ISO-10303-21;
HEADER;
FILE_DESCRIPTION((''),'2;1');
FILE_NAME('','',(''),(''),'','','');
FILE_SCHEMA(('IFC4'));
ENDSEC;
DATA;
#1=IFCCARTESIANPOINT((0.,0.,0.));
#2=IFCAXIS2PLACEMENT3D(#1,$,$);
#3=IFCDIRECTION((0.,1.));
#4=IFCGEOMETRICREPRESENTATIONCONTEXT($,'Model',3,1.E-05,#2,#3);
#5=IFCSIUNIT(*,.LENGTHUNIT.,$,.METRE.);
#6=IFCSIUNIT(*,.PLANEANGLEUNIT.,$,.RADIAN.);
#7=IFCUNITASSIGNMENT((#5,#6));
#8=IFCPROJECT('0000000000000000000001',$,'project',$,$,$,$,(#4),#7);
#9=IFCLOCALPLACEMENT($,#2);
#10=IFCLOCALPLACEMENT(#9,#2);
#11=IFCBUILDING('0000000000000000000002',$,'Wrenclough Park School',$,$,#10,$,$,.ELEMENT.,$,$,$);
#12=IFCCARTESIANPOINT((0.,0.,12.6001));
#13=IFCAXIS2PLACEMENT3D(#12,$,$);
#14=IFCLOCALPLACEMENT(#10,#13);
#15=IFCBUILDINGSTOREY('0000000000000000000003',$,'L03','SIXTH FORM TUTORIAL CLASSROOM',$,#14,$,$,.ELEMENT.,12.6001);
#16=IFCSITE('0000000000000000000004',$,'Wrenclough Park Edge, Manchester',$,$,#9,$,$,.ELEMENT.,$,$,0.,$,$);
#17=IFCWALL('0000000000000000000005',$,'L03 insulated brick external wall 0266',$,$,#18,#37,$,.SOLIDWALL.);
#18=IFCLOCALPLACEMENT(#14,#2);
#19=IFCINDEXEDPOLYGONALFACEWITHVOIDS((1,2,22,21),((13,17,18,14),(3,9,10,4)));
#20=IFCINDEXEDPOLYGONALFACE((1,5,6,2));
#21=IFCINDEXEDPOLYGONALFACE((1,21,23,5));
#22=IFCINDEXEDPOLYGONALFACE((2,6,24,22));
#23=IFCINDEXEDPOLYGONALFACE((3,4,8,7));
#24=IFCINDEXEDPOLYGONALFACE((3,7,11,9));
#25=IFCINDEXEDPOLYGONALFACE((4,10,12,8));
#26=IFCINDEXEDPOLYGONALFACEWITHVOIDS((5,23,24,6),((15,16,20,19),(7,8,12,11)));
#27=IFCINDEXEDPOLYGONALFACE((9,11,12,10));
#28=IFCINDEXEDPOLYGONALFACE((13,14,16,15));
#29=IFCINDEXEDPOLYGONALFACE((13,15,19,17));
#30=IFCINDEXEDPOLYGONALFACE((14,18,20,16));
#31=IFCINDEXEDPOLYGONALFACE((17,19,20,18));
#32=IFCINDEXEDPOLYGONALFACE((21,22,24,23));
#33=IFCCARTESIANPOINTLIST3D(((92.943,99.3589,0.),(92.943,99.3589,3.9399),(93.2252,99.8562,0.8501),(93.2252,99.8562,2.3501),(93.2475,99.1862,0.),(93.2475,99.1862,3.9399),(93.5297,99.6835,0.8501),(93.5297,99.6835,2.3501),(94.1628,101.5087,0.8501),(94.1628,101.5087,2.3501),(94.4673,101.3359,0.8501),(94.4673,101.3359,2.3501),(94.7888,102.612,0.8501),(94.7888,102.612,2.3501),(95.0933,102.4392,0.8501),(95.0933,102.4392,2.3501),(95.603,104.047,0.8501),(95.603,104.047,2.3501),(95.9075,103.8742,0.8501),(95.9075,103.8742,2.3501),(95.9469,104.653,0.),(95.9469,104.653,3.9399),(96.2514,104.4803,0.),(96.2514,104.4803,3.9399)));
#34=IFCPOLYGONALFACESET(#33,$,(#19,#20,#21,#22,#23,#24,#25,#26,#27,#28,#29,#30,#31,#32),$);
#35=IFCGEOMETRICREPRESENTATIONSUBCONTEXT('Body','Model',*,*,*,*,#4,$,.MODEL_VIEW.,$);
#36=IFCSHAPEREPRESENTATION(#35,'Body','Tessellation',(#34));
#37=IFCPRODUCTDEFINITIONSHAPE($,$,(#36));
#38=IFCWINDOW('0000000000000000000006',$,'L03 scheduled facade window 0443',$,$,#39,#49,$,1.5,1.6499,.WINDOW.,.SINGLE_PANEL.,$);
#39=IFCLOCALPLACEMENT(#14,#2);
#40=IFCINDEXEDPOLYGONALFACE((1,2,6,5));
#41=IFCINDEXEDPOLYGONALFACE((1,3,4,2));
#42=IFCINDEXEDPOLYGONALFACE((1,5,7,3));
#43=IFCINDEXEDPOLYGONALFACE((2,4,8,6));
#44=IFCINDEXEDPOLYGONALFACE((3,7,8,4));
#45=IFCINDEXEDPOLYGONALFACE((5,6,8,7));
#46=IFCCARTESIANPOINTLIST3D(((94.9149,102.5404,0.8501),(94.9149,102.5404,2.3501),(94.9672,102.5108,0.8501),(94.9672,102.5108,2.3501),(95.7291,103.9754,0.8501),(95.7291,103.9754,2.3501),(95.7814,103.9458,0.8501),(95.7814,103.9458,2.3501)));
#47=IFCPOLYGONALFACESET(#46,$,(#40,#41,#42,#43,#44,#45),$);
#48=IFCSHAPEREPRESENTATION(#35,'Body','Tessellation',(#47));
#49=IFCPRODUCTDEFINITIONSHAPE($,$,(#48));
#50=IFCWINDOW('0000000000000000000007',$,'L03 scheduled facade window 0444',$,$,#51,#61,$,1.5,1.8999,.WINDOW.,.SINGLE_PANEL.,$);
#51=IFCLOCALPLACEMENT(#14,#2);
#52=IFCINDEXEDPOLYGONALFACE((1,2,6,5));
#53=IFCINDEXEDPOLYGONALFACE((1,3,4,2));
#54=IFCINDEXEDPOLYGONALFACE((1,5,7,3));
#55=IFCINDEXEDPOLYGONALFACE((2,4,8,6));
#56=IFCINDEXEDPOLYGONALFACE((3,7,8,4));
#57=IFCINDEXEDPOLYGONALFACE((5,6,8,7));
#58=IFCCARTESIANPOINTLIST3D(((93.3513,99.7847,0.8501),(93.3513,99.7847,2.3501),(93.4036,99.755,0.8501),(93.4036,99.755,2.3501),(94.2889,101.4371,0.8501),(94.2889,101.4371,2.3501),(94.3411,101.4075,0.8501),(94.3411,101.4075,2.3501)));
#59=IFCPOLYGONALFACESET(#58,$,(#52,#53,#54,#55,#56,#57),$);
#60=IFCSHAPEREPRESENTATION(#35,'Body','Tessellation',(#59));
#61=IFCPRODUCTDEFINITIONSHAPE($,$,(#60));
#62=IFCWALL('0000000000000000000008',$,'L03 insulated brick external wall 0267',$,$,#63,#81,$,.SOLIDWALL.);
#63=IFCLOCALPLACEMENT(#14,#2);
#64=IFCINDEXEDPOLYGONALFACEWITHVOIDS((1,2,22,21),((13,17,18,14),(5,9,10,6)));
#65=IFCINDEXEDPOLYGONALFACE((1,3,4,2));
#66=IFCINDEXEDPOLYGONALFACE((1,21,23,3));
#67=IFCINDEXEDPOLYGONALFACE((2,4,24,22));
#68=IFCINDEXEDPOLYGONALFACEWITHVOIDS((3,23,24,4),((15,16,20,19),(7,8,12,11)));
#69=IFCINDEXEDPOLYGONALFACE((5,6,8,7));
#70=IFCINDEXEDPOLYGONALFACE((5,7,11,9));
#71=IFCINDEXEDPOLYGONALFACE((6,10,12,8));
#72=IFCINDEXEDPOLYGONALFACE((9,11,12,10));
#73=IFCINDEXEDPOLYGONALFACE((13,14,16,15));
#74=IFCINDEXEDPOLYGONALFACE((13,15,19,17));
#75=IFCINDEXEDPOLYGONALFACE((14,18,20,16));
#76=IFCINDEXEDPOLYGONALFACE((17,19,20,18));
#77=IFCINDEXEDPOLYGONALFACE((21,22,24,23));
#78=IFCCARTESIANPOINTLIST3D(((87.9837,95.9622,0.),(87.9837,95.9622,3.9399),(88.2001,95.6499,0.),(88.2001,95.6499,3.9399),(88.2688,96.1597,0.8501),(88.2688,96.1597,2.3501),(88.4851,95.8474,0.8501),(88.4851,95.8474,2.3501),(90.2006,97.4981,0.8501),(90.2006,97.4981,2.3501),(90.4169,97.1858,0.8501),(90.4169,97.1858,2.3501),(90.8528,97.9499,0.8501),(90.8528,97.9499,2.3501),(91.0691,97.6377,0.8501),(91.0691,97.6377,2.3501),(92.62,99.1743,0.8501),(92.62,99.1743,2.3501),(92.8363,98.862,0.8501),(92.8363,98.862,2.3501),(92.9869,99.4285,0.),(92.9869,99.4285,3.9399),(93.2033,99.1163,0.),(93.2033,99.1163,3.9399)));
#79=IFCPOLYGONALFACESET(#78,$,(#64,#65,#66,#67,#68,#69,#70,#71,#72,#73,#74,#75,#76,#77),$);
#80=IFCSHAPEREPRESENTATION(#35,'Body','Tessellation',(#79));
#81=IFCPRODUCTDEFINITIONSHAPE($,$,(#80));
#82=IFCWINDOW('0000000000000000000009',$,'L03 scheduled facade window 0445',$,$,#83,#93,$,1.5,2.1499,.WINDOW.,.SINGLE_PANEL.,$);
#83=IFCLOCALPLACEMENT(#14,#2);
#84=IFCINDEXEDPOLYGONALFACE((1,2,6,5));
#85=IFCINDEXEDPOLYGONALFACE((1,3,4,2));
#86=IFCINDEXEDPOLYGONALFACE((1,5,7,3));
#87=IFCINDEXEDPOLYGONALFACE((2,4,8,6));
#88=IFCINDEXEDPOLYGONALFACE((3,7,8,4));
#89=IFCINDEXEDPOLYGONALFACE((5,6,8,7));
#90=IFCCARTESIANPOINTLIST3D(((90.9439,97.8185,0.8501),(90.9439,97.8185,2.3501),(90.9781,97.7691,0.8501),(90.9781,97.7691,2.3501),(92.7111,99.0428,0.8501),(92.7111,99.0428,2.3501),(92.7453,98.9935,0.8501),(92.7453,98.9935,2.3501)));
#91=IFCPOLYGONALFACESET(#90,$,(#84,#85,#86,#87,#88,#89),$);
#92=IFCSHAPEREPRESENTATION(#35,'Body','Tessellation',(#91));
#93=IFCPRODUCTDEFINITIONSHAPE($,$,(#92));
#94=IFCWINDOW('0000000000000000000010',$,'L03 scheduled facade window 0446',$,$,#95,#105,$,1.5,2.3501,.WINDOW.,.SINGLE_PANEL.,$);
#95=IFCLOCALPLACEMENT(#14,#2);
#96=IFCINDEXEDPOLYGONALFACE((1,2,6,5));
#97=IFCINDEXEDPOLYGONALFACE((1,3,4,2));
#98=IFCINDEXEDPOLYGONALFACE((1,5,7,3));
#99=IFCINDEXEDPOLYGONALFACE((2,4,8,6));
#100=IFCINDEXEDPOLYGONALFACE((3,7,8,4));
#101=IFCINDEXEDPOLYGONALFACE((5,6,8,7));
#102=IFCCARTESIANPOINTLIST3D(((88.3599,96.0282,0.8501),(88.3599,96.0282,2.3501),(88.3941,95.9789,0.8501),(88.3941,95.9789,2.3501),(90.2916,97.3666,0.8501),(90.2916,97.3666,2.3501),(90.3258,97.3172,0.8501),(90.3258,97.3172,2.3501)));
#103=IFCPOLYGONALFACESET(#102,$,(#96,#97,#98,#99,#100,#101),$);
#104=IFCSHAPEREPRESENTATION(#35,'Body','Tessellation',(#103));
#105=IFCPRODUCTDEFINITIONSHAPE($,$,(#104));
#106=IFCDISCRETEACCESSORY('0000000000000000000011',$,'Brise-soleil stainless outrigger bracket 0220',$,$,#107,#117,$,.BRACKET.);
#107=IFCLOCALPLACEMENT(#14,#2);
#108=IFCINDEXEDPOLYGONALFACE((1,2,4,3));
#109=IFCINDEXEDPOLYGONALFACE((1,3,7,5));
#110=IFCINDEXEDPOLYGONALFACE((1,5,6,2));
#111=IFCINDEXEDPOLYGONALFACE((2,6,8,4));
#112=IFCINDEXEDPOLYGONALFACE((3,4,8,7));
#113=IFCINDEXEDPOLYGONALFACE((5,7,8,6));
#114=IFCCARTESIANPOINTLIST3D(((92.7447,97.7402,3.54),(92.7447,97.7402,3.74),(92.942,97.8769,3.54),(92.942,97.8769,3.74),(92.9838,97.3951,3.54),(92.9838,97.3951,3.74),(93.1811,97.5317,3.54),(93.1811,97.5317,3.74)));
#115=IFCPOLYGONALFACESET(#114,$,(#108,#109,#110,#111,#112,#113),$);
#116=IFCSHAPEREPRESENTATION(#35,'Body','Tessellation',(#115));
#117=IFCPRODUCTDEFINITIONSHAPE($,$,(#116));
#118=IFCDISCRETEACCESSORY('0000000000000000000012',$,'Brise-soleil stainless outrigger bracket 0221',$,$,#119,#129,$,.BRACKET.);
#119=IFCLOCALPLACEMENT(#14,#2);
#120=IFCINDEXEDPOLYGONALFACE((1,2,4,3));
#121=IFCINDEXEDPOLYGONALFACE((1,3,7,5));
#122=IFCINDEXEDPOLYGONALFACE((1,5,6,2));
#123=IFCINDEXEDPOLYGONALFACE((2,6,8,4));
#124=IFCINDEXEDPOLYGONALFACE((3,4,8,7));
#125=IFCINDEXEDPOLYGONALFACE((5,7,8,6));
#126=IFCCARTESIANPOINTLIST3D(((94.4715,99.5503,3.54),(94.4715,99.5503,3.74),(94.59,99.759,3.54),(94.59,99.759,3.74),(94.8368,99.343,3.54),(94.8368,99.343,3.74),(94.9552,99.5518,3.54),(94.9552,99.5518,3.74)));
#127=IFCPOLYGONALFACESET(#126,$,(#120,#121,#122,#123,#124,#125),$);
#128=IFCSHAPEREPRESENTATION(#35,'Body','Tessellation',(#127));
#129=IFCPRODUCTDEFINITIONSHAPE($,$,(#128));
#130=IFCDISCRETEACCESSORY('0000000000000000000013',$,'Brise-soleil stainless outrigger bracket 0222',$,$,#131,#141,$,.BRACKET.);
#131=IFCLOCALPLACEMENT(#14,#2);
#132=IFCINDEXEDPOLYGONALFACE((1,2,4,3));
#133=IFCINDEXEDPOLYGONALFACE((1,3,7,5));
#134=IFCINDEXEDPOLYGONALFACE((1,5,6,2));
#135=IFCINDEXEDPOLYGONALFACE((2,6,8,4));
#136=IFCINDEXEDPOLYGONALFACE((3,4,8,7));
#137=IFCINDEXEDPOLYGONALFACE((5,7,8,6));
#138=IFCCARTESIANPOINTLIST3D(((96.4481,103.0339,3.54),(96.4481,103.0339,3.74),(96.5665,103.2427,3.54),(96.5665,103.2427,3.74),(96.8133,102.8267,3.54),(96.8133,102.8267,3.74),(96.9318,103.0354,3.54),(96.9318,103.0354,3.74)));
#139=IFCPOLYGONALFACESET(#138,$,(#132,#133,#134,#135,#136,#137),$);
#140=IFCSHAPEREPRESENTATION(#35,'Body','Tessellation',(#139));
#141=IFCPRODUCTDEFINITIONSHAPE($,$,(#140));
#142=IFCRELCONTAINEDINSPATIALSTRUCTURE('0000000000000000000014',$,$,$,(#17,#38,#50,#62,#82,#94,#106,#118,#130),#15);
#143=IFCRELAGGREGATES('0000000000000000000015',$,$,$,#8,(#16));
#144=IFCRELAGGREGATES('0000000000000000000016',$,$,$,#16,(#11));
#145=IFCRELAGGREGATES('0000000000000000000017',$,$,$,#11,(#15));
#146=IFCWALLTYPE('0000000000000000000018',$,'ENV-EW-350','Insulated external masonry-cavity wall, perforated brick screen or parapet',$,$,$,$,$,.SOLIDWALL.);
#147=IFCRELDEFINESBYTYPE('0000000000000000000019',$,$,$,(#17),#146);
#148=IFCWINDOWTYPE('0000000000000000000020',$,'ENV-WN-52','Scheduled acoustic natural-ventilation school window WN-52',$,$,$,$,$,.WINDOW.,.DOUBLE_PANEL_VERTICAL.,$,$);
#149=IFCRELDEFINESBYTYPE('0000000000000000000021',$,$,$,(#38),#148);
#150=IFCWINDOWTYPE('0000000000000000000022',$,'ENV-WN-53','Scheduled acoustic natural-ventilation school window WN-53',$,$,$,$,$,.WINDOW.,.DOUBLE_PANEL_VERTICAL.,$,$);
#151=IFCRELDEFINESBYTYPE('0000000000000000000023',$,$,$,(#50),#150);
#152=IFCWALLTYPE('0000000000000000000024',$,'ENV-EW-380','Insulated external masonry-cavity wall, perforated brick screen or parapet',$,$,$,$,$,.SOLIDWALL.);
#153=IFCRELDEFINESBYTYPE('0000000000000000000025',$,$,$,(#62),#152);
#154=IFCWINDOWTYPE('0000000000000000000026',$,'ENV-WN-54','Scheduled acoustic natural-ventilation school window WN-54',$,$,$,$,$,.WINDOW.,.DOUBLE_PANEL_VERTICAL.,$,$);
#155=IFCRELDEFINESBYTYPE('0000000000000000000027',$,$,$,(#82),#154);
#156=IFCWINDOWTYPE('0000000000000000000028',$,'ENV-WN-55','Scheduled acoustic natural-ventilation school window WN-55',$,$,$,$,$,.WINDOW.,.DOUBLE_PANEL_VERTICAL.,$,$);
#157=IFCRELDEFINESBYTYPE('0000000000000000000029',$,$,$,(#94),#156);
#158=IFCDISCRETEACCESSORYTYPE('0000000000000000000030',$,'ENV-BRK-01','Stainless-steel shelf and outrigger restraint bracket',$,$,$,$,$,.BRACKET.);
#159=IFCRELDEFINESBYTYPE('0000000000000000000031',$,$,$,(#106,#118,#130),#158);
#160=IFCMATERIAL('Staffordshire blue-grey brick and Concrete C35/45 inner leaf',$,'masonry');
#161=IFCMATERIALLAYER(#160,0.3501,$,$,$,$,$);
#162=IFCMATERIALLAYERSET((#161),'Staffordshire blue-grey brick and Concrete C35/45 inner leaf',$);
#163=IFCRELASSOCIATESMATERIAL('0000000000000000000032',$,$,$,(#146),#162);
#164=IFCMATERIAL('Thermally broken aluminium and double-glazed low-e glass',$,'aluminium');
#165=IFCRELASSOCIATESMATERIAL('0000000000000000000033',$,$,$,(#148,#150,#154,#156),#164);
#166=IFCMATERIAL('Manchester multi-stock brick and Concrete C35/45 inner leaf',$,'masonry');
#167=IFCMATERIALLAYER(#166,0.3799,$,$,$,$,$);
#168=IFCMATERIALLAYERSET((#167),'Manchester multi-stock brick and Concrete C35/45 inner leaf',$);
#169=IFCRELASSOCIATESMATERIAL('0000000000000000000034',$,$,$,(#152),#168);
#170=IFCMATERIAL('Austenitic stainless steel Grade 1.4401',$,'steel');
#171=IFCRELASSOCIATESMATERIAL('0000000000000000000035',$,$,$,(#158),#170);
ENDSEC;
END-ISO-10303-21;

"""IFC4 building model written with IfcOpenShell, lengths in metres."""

from ifc_helpers import new_model, si_unit, direction, frame, frame_2d, origin, origin_2d, place, context, subcontext, project, spatial, rectangle, extrude, material, layer, layer_set, type_object, element, fill, save


model = new_model("IFC4")

# Units and contexts
model_context = context("Model", 3, precision=1e-05, world=origin(), true_north=direction((0.0, 1.0)))
body_context = subcontext(model_context, "Body", "Model", "MODEL_VIEW")
ifc_project = project(units=[si_unit("LENGTHUNIT", "METRE"), si_unit("PLANEANGLEUNIT", "RADIAN")], contexts=[model_context])

# Site, building, storey
site_placement = place(None, origin())
site = spatial("IfcSite", under=ifc_project, at=site_placement, Name="Wrenclough Park Edge, Manchester", CompositionType="ELEMENT", RefElevation=0.0)
building_placement = place(site_placement, origin())
building = spatial("IfcBuilding", under=site, at=building_placement, Name="Wrenclough Park School", CompositionType="ELEMENT")
storey_placement = place(building_placement, frame((0.0, 0.0, 12.6001)))
storey = spatial("IfcBuildingStorey", under=building, at=storey_placement, Name="L03", Description="SIXTH FORM TUTORIAL CLASSROOM", CompositionType="ELEMENT", Elevation=12.6001)

# Shared definitions
ifc_material_1 = material(Name="Thermally broken aluminium and double-glazed low-e glass", Category="aluminium")

# Walls, openings, windows
ifc_material_2 = material(Name="Staffordshire blue-grey brick and Concrete C35/45 inner leaf", Category="masonry")
ifc_layer_1 = layer(ifc_material_2, 0.3501)
ifc_layer_set_1 = layer_set([ifc_layer_1], Name="Staffordshire blue-grey brick and Concrete C35/45 inner leaf")
wall_type_1 = type_object("IfcWallType", Name="ENV-EW-350", Description="Insulated external masonry-cavity wall, perforated brick screen or parapet", PredefinedType="SOLIDWALL", material=ifc_layer_set_1)
wall_1_placement = place(storey_placement, frame((96.0991, 104.5667, 0.0), z_axis=(0.0, 0.0, 1.0), x_axis=(-0.493493, -0.86975, 0.0)))
wall_1 = element("IfcWall", 1, at=wall_1_placement, inside=storey, type_object=wall_type_1, Name="L03 insulated brick external wall 0266", PredefinedType="SOLIDWALL", context=body_context, shape_type="SweptSolid", body=[
    extrude(rectangle(XDim=6.0869, YDim=0.3501, at=frame_2d((3.0435, 0.0))), origin(), (0.0, 0.0, 1.0), 3.9399),
])
opening_1_placement = place(wall_1_placement, frame((0.6968, 0.0, 0.8501)))
opening_1 = element("IfcOpeningElement", 2, at=opening_1_placement, cuts=wall_1, PredefinedType="OPENING", context=body_context, shape_type="SweptSolid", body=[
    extrude(rectangle(XDim=1.6499, YDim=1.5, at=frame_2d((0.825, 0.75))), frame((0.0, 0.1851, 0.0), z_axis=(0.0, -1.0, 0.0), x_axis=(1.0, 0.0, 0.0)), (0.0, 0.0, 1.0), 0.3701),
])
opening_2_placement = place(wall_1_placement, frame((3.6152, 0.0, 0.8501)))
opening_2 = element("IfcOpeningElement", 3, at=opening_2_placement, cuts=wall_1, PredefinedType="OPENING", context=body_context, shape_type="SweptSolid", body=[
    extrude(rectangle(XDim=1.8999, YDim=1.5, at=frame_2d((0.95, 0.75))), frame((0.0, 0.1851, 0.0), z_axis=(0.0, -1.0, 0.0), x_axis=(1.0, 0.0, 0.0)), (0.0, 0.0, 1.0), 0.3701),
])
window_type_1 = type_object("IfcWindowType", Name="ENV-WN-52", Description="Scheduled acoustic natural-ventilation school window WN-52", PartitioningType="DOUBLE_PANEL_VERTICAL", PredefinedType="WINDOW", material=ifc_material_1)
window_1_placement = place(opening_1_placement, origin())
window_1 = element("IfcWindow", 4, at=window_1_placement, inside=storey, type_object=window_type_1, Name="L03 scheduled facade window 0443", OverallHeight=1.5, OverallWidth=1.6499, PartitioningType="SINGLE_PANEL", PredefinedType="WINDOW", context=body_context, shape_type="SweptSolid", body=[
    extrude(rectangle(XDim=1.6499, YDim=1.5, at=frame_2d((0.825, 0.75))), frame((0.0, 0.03, 0.0), z_axis=(0.0, -1.0, 0.0), x_axis=(1.0, 0.0, 0.0)), (0.0, 0.0, 1.0), 0.0601),
])
fill(opening_1, window_1)
window_type_2 = type_object("IfcWindowType", Name="ENV-WN-53", Description="Scheduled acoustic natural-ventilation school window WN-53", PartitioningType="DOUBLE_PANEL_VERTICAL", PredefinedType="WINDOW", material=ifc_material_1)
window_2_placement = place(opening_2_placement, origin())
window_2 = element("IfcWindow", 5, at=window_2_placement, inside=storey, type_object=window_type_2, Name="L03 scheduled facade window 0444", OverallHeight=1.5, OverallWidth=1.8999, PartitioningType="SINGLE_PANEL", PredefinedType="WINDOW", context=body_context, shape_type="SweptSolid", body=[
    extrude(rectangle(XDim=1.8999, YDim=1.5, at=frame_2d((0.95, 0.75))), frame((0.0, 0.03, 0.0), z_axis=(0.0, -1.0, 0.0), x_axis=(1.0, 0.0, 0.0)), (0.0, 0.0, 1.0), 0.0601),
])
fill(opening_2, window_2)
ifc_material_3 = material(Name="Manchester multi-stock brick and Concrete C35/45 inner leaf", Category="masonry")
ifc_layer_2 = layer(ifc_material_3, 0.3799)
ifc_layer_set_2 = layer_set([ifc_layer_2], Name="Manchester multi-stock brick and Concrete C35/45 inner leaf")
wall_type_2 = type_object("IfcWallType", Name="ENV-EW-380", Description="Insulated external masonry-cavity wall, perforated brick screen or parapet", PredefinedType="SOLIDWALL", material=ifc_layer_set_2)
wall_2_placement = place(storey_placement, frame((93.0952, 99.2725, 0.0), z_axis=(0.0, 0.0, 1.0), x_axis=(-0.821994, -0.569496, 0.0)))
wall_2 = element("IfcWall", 6, at=wall_2_placement, inside=storey, type_object=wall_type_2, Name="L03 insulated brick external wall 0267", PredefinedType="SOLIDWALL", context=body_context, shape_type="SweptSolid", body=[
    extrude(rectangle(XDim=6.0867, YDim=0.3799, at=frame_2d((3.0435, 0.0))), origin(), (0.0, 0.0, 1.0), 3.9399),
])
opening_3_placement = place(wall_2_placement, frame((0.4465, 0.0, 0.8501)))
opening_3 = element("IfcOpeningElement", 7, at=opening_3_placement, cuts=wall_2, PredefinedType="OPENING", context=body_context, shape_type="SweptSolid", body=[
    extrude(rectangle(XDim=2.1499, YDim=1.5, at=frame_2d((1.075, 0.75))), frame((0.0, 0.2, 0.0), z_axis=(0.0, -1.0, 0.0), x_axis=(1.0, 0.0, 0.0)), (0.0, 0.0, 1.0), 0.3999),
])
opening_4_placement = place(wall_2_placement, frame((3.3899, 0.0, 0.8501)))
opening_4 = element("IfcOpeningElement", 8, at=opening_4_placement, cuts=wall_2, PredefinedType="OPENING", context=body_context, shape_type="SweptSolid", body=[
    extrude(rectangle(XDim=2.3501, YDim=1.5, at=frame_2d((1.175, 0.75))), frame((0.0, 0.2, 0.0), z_axis=(0.0, -1.0, 0.0), x_axis=(1.0, 0.0, 0.0)), (0.0, 0.0, 1.0), 0.3999),
])
window_type_3 = type_object("IfcWindowType", Name="ENV-WN-54", Description="Scheduled acoustic natural-ventilation school window WN-54", PartitioningType="DOUBLE_PANEL_VERTICAL", PredefinedType="WINDOW", material=ifc_material_1)
window_3_placement = place(opening_3_placement, origin())
window_3 = element("IfcWindow", 9, at=window_3_placement, inside=storey, type_object=window_type_3, Name="L03 scheduled facade window 0445", OverallHeight=1.5, OverallWidth=2.1499, PartitioningType="SINGLE_PANEL", PredefinedType="WINDOW", context=body_context, shape_type="SweptSolid", body=[
    extrude(rectangle(XDim=2.1499, YDim=1.5, at=frame_2d((1.075, 0.75))), frame((0.0, 0.03, 0.0), z_axis=(0.0, -1.0, 0.0), x_axis=(1.0, 0.0, 0.0)), (0.0, 0.0, 1.0), 0.0601),
])
fill(opening_3, window_3)
window_type_4 = type_object("IfcWindowType", Name="ENV-WN-55", Description="Scheduled acoustic natural-ventilation school window WN-55", PartitioningType="DOUBLE_PANEL_VERTICAL", PredefinedType="WINDOW", material=ifc_material_1)
window_4_placement = place(opening_4_placement, origin())
window_4 = element("IfcWindow", 10, at=window_4_placement, inside=storey, type_object=window_type_4, Name="L03 scheduled facade window 0446", OverallHeight=1.5, OverallWidth=2.3501, PartitioningType="SINGLE_PANEL", PredefinedType="WINDOW", context=body_context, shape_type="SweptSolid", body=[
    extrude(rectangle(XDim=2.3501, YDim=1.5, at=frame_2d((1.175, 0.75))), frame((0.0, 0.03, 0.0), z_axis=(0.0, -1.0, 0.0), x_axis=(1.0, 0.0, 0.0)), (0.0, 0.0, 1.0), 0.0601),
])
fill(opening_4, window_4)

# Discrete accessories
ifc_material_4 = material(Name="Austenitic stainless steel Grade 1.4401", Category="steel")
discrete_accessory_type = type_object("IfcDiscreteAccessoryType", Name="ENV-BRK-01", Description="Stainless-steel shelf and outrigger restraint bracket", PredefinedType="BRACKET", material=ifc_material_4)
for number, where, z_axis, x_axis, name in (
    (11, (92.9629, 97.636, 3.54), (0.0, 0.0, 1.0), (0.822008, 0.569476, 0.0), "Brise-soleil stainless outrigger bracket 0220"),
    (12, (94.7134, 99.551, 3.54), (0.0, 0.0, 1.0), (0.493509, 0.869741, 0.0), "Brise-soleil stainless outrigger bracket 0221"),
    (13, (96.6899, 103.0347, 3.54), (0.0, 0.0, 1.0), (0.493509, 0.869741, 0.0), "Brise-soleil stainless outrigger bracket 0222"),
):
    element("IfcDiscreteAccessory", number, at=place(storey_placement, frame(where, z_axis=z_axis, x_axis=x_axis)), inside=storey, type_object=discrete_accessory_type, Name=name, PredefinedType="BRACKET", context=body_context, shape_type="SweptSolid", body=[
        extrude(rectangle(XDim=0.24, YDim=0.4199, at=origin_2d()), origin(), (0.0, 0.0, 1.0), 0.2),
    ])

save(model, "model.ifc")
